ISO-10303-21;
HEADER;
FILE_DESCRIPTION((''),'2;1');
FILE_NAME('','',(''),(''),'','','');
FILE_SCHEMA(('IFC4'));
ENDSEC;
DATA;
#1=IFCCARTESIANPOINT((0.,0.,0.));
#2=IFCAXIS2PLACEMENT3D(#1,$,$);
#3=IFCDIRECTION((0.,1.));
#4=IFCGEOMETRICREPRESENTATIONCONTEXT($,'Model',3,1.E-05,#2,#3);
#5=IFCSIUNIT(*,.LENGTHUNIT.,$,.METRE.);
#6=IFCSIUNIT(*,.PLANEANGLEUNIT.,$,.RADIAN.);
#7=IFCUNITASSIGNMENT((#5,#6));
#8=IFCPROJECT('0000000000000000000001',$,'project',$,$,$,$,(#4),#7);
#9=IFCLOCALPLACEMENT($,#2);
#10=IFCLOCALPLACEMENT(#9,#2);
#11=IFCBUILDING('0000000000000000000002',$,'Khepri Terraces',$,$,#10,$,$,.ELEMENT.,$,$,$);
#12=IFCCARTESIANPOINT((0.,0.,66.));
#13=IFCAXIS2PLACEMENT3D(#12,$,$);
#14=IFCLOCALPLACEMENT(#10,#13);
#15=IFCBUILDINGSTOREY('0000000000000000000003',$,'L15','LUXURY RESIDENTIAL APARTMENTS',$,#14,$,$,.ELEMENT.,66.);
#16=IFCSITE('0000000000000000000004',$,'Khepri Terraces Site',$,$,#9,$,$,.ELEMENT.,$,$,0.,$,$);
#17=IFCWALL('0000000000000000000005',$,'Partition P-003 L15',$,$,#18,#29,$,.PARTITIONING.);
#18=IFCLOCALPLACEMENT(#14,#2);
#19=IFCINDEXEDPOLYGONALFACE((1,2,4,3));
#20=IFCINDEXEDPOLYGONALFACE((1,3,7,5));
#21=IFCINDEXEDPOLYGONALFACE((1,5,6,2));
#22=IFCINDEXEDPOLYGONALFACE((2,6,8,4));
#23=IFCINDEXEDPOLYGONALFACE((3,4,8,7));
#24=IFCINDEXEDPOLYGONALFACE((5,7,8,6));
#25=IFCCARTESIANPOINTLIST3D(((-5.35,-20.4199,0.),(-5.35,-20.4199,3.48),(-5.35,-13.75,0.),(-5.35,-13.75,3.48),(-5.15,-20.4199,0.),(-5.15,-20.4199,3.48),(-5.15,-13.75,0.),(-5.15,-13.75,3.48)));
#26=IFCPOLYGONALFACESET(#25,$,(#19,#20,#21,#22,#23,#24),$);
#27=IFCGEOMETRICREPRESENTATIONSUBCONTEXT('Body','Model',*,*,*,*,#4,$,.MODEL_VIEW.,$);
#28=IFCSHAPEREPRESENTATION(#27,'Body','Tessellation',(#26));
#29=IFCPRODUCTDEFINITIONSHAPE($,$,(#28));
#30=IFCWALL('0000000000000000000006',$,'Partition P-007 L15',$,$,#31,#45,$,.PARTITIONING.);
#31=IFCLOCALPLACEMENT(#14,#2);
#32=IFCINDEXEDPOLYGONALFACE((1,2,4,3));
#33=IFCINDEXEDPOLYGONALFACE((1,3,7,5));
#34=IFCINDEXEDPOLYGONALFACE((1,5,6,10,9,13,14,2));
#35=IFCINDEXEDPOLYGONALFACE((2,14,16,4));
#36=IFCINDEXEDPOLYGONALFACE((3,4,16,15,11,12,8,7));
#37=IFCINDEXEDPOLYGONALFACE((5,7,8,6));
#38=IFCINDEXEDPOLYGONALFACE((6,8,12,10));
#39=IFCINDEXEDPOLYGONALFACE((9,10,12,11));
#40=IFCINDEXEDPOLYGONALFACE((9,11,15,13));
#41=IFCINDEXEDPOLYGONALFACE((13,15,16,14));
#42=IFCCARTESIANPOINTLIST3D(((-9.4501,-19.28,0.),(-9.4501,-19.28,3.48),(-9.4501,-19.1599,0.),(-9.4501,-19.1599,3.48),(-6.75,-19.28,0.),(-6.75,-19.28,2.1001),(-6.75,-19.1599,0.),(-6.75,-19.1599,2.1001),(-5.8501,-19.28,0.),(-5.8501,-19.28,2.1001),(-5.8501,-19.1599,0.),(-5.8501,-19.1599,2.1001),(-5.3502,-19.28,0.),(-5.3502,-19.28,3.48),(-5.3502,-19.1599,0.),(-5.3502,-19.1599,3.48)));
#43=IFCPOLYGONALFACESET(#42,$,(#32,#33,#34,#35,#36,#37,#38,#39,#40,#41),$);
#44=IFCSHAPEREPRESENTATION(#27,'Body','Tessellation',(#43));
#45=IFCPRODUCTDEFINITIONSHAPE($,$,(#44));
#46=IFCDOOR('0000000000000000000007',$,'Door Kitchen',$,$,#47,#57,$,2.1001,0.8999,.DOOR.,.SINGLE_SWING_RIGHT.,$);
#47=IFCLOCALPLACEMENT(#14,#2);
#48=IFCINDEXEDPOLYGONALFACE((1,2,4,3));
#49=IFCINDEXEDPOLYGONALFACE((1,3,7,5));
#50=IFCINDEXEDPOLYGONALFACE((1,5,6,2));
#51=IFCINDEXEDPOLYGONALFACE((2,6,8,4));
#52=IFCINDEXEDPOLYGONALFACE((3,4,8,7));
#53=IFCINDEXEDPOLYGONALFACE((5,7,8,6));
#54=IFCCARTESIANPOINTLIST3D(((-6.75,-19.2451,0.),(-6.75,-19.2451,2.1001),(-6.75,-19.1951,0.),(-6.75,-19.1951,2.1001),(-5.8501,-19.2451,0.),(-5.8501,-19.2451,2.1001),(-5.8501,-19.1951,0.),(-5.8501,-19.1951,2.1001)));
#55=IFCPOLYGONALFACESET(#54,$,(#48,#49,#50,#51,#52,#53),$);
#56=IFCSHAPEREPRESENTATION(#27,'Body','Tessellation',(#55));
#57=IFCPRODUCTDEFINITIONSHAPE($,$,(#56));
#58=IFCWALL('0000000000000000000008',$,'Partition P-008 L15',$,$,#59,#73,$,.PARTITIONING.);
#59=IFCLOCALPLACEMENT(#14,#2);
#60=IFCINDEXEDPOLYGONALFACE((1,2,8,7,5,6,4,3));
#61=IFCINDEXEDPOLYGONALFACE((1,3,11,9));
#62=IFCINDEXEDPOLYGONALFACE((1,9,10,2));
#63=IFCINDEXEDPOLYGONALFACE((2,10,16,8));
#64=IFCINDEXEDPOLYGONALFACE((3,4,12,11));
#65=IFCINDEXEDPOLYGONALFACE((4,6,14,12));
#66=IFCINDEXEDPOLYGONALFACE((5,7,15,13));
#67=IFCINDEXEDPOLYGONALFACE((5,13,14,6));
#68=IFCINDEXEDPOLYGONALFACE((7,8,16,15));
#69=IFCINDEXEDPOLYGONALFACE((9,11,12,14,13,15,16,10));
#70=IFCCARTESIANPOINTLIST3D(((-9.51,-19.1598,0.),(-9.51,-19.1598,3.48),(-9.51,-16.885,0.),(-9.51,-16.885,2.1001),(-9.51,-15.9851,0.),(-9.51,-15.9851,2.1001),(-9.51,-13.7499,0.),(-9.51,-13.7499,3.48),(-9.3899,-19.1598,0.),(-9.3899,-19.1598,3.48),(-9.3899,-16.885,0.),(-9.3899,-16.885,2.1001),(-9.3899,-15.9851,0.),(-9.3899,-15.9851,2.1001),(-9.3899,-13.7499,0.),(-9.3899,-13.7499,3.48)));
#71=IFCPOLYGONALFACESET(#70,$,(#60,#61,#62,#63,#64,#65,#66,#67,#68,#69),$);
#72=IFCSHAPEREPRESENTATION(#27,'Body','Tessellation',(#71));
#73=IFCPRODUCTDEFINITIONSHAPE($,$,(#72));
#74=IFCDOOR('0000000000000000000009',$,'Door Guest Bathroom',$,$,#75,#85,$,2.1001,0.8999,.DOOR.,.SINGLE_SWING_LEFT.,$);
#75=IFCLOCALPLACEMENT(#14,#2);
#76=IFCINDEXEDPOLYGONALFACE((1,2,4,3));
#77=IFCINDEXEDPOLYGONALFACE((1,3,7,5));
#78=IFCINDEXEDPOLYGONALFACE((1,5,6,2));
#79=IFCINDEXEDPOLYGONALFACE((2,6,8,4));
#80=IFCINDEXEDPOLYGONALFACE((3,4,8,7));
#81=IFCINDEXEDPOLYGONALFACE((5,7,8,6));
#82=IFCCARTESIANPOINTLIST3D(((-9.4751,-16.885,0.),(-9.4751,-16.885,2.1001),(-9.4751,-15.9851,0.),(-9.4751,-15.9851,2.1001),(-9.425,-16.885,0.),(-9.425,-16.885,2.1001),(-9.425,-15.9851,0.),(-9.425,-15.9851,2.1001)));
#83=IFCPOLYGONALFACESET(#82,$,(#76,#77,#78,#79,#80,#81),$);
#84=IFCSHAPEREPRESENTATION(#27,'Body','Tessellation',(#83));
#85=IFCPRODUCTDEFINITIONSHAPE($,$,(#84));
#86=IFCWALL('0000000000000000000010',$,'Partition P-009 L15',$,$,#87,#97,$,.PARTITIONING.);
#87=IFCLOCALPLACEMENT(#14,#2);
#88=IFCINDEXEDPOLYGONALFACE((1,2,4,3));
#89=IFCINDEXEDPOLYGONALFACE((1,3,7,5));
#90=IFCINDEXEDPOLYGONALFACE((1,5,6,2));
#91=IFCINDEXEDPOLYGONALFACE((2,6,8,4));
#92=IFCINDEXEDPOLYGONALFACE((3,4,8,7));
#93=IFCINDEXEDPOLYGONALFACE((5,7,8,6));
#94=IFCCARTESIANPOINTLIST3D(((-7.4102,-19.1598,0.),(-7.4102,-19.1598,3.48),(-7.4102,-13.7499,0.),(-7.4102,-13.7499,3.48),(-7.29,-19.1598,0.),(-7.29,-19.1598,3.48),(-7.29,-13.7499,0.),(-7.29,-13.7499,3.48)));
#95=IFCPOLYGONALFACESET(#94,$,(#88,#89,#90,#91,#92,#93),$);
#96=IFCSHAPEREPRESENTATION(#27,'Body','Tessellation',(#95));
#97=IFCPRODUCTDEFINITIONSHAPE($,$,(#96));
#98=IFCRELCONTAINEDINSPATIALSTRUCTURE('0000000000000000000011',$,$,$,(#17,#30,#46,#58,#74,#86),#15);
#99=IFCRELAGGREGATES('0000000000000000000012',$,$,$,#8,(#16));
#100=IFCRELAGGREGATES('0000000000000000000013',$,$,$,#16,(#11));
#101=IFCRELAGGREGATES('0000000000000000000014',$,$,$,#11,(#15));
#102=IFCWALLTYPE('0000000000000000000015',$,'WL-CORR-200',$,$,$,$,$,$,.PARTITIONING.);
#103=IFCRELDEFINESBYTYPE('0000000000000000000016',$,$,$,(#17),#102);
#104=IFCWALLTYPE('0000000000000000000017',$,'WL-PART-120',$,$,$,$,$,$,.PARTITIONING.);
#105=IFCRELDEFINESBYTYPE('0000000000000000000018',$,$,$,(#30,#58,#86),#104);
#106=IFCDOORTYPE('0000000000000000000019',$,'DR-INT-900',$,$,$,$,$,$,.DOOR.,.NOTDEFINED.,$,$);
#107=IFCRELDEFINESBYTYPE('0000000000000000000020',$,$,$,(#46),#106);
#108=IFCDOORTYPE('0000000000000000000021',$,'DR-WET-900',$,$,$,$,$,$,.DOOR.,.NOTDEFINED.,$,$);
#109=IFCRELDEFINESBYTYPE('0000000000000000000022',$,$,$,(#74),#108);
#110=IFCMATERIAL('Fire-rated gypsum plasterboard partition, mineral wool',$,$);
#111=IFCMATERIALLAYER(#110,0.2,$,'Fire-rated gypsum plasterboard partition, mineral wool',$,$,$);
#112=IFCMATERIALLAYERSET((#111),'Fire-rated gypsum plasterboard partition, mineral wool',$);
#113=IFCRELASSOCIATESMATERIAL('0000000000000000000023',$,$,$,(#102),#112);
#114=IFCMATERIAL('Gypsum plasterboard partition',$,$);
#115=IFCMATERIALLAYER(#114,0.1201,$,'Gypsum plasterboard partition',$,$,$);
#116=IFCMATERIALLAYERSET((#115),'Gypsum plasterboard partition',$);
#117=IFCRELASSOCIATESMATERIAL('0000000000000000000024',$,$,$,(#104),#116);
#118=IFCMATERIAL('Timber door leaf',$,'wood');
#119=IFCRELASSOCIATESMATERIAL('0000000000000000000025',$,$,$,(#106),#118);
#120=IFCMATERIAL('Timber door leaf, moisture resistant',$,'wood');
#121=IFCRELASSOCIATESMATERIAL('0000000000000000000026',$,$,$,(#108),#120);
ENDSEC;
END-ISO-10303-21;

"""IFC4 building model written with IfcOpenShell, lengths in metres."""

from ifc_helpers import new_model, si_unit, direction, frame, frame_2d, origin, place, context, subcontext, project, spatial, rectangle, extrude, material, layer, layer_set, type_object, element, fill, save


model = new_model("IFC4")

# Units and contexts
model_context = context("Model", 3, precision=1e-05, world=origin(), true_north=direction((0.0, 1.0)))
body_context = subcontext(model_context, "Body", "Model", "MODEL_VIEW")
ifc_project = project(units=[si_unit("LENGTHUNIT", "METRE"), si_unit("PLANEANGLEUNIT", "RADIAN")], contexts=[model_context])

# Site, building, storey
site_placement = place(None, origin())
site = spatial("IfcSite", under=ifc_project, at=site_placement, Name="Khepri Terraces Site", CompositionType="ELEMENT", RefElevation=0.0)
building_placement = place(site_placement, origin())
building = spatial("IfcBuilding", under=site, at=building_placement, Name="Khepri Terraces", CompositionType="ELEMENT")
storey_placement = place(building_placement, frame((0.0, 0.0, 66.0)))
storey = spatial("IfcBuildingStorey", under=building, at=storey_placement, Name="L15", Description="LUXURY RESIDENTIAL APARTMENTS", CompositionType="ELEMENT", Elevation=66.0)

# Wall
ifc_material_1 = material(Name="Fire-rated gypsum plasterboard partition, mineral wool")
ifc_layer_1 = layer(ifc_material_1, 0.2, Name="Fire-rated gypsum plasterboard partition, mineral wool")
ifc_layer_set_1 = layer_set([ifc_layer_1], Name="Fire-rated gypsum plasterboard partition, mineral wool")
wall_type_1 = type_object("IfcWallType", Name="WL-CORR-200", PredefinedType="PARTITIONING", material=ifc_layer_set_1)
wall_1_placement = place(storey_placement, frame((-5.25, -20.4199, 0.0), z_axis=(0.0, 0.0, 1.0), x_axis=(0.0, 1.0, 0.0)))
element("IfcWall", 1, at=wall_1_placement, inside=storey, type_object=wall_type_1, Name="Partition P-003 L15", PredefinedType="PARTITIONING", context=body_context, shape_type="SweptSolid", body=[
    extrude(rectangle(XDim=6.6699, YDim=0.2, at=frame_2d((3.335, 0.0))), origin(), (0.0, 0.0, 1.0), 3.48),
])

# Walls, openings, doors
ifc_material_2 = material(Name="Gypsum plasterboard partition")
ifc_layer_2 = layer(ifc_material_2, 0.1201, Name="Gypsum plasterboard partition")
ifc_layer_set_2 = layer_set([ifc_layer_2], Name="Gypsum plasterboard partition")
wall_type_2 = type_object("IfcWallType", Name="WL-PART-120", PredefinedType="PARTITIONING", material=ifc_layer_set_2)
wall_2_placement = place(storey_placement, frame((-9.45, -19.22, 0.0), z_axis=(0.0, 0.0, 1.0), x_axis=(1.0, 0.0, 0.0)))
wall_2 = element("IfcWall", 2, at=wall_2_placement, inside=storey, type_object=wall_type_2, Name="Partition P-007 L15", PredefinedType="PARTITIONING", context=body_context, shape_type="SweptSolid", body=[
    extrude(rectangle(XDim=4.0999, YDim=0.1201, at=frame_2d((2.0498, 0.0))), origin(), (0.0, 0.0, 1.0), 3.48),
])
opening_1_placement = place(wall_2_placement, frame((2.7, 0.0, 0.0)))
opening_1 = element("IfcOpeningElement", 3, at=opening_1_placement, cuts=wall_2, PredefinedType="OPENING", context=body_context, shape_type="SweptSolid", body=[
    extrude(rectangle(XDim=0.8999, YDim=2.1001, at=frame_2d((0.45, 1.05))), frame((0.0, 0.0701, 0.0), z_axis=(0.0, -1.0, 0.0), x_axis=(1.0, 0.0, 0.0)), (0.0, 0.0, 1.0), 0.1401),
])
ifc_material_3 = material(Name="Timber door leaf", Category="wood")
door_type_1 = type_object("IfcDoorType", Name="DR-INT-900", OperationType="NOTDEFINED", PredefinedType="DOOR", material=ifc_material_3)
door_1_placement = place(opening_1_placement, origin())
door_1 = element("IfcDoor", 4, at=door_1_placement, inside=storey, type_object=door_type_1, Name="Door Kitchen", OperationType="SINGLE_SWING_RIGHT", OverallHeight=2.1001, OverallWidth=0.8999, PredefinedType="DOOR", context=body_context, shape_type="SweptSolid", body=[
    extrude(rectangle(XDim=0.8999, YDim=2.1001, at=frame_2d((0.45, 1.05))), frame((0.0, 0.0249, 0.0), z_axis=(0.0, -1.0, 0.0), x_axis=(1.0, 0.0, 0.0)), (0.0, 0.0, 1.0), 0.05),
])
fill(opening_1, door_1)
wall_3_placement = place(storey_placement, frame((-9.45, -19.1599, 0.0), z_axis=(0.0, 0.0, 1.0), x_axis=(0.0, 1.0, 0.0)))
wall_3 = element("IfcWall", 5, at=wall_3_placement, inside=storey, type_object=wall_type_2, Name="Partition P-008 L15", PredefinedType="PARTITIONING", context=body_context, shape_type="SweptSolid", body=[
    extrude(rectangle(XDim=5.4099, YDim=0.1201, at=frame_2d((2.7051, 0.0))), origin(), (0.0, 0.0, 1.0), 3.48),
])
opening_2_placement = place(wall_3_placement, frame((2.2749, 0.0, 0.0)))
opening_2 = element("IfcOpeningElement", 6, at=opening_2_placement, cuts=wall_3, PredefinedType="OPENING", context=body_context, shape_type="SweptSolid", body=[
    extrude(rectangle(XDim=0.8999, YDim=2.1001, at=frame_2d((0.45, 1.05))), frame((0.0, 0.0701, 0.0), z_axis=(0.0, -1.0, 0.0), x_axis=(1.0, 0.0, 0.0)), (0.0, 0.0, 1.0), 0.1401),
])
ifc_material_4 = material(Name="Timber door leaf, moisture resistant", Category="wood")
door_type_2 = type_object("IfcDoorType", Name="DR-WET-900", OperationType="NOTDEFINED", PredefinedType="DOOR", material=ifc_material_4)
door_2_placement = place(opening_2_placement, frame((0.8999, 0.0, 0.0), z_axis=(0.0, 0.0, 1.0), x_axis=(-1.0, 0.0, 0.0)))
door_2 = element("IfcDoor", 7, at=door_2_placement, inside=storey, type_object=door_type_2, Name="Door Guest Bathroom", OperationType="SINGLE_SWING_LEFT", OverallHeight=2.1001, OverallWidth=0.8999, PredefinedType="DOOR", context=body_context, shape_type="SweptSolid", body=[
    extrude(rectangle(XDim=0.8999, YDim=2.1001, at=frame_2d((0.45, 1.05))), frame((0.0, 0.0249, 0.0), z_axis=(0.0, -1.0, 0.0), x_axis=(1.0, 0.0, 0.0)), (0.0, 0.0, 1.0), 0.05),
])
fill(opening_2, door_2)

# Wall
wall_4_placement = place(storey_placement, frame((-7.3501, -19.1599, 0.0), z_axis=(0.0, 0.0, 1.0), x_axis=(0.0, 1.0, 0.0)))
element("IfcWall", 8, at=wall_4_placement, inside=storey, type_object=wall_type_2, Name="Partition P-009 L15", PredefinedType="PARTITIONING", context=body_context, shape_type="SweptSolid", body=[
    extrude(rectangle(XDim=5.4099, YDim=0.1201, at=frame_2d((2.7051, 0.0))), origin(), (0.0, 0.0, 1.0), 3.48),
])

save(model, "model.ifc")
